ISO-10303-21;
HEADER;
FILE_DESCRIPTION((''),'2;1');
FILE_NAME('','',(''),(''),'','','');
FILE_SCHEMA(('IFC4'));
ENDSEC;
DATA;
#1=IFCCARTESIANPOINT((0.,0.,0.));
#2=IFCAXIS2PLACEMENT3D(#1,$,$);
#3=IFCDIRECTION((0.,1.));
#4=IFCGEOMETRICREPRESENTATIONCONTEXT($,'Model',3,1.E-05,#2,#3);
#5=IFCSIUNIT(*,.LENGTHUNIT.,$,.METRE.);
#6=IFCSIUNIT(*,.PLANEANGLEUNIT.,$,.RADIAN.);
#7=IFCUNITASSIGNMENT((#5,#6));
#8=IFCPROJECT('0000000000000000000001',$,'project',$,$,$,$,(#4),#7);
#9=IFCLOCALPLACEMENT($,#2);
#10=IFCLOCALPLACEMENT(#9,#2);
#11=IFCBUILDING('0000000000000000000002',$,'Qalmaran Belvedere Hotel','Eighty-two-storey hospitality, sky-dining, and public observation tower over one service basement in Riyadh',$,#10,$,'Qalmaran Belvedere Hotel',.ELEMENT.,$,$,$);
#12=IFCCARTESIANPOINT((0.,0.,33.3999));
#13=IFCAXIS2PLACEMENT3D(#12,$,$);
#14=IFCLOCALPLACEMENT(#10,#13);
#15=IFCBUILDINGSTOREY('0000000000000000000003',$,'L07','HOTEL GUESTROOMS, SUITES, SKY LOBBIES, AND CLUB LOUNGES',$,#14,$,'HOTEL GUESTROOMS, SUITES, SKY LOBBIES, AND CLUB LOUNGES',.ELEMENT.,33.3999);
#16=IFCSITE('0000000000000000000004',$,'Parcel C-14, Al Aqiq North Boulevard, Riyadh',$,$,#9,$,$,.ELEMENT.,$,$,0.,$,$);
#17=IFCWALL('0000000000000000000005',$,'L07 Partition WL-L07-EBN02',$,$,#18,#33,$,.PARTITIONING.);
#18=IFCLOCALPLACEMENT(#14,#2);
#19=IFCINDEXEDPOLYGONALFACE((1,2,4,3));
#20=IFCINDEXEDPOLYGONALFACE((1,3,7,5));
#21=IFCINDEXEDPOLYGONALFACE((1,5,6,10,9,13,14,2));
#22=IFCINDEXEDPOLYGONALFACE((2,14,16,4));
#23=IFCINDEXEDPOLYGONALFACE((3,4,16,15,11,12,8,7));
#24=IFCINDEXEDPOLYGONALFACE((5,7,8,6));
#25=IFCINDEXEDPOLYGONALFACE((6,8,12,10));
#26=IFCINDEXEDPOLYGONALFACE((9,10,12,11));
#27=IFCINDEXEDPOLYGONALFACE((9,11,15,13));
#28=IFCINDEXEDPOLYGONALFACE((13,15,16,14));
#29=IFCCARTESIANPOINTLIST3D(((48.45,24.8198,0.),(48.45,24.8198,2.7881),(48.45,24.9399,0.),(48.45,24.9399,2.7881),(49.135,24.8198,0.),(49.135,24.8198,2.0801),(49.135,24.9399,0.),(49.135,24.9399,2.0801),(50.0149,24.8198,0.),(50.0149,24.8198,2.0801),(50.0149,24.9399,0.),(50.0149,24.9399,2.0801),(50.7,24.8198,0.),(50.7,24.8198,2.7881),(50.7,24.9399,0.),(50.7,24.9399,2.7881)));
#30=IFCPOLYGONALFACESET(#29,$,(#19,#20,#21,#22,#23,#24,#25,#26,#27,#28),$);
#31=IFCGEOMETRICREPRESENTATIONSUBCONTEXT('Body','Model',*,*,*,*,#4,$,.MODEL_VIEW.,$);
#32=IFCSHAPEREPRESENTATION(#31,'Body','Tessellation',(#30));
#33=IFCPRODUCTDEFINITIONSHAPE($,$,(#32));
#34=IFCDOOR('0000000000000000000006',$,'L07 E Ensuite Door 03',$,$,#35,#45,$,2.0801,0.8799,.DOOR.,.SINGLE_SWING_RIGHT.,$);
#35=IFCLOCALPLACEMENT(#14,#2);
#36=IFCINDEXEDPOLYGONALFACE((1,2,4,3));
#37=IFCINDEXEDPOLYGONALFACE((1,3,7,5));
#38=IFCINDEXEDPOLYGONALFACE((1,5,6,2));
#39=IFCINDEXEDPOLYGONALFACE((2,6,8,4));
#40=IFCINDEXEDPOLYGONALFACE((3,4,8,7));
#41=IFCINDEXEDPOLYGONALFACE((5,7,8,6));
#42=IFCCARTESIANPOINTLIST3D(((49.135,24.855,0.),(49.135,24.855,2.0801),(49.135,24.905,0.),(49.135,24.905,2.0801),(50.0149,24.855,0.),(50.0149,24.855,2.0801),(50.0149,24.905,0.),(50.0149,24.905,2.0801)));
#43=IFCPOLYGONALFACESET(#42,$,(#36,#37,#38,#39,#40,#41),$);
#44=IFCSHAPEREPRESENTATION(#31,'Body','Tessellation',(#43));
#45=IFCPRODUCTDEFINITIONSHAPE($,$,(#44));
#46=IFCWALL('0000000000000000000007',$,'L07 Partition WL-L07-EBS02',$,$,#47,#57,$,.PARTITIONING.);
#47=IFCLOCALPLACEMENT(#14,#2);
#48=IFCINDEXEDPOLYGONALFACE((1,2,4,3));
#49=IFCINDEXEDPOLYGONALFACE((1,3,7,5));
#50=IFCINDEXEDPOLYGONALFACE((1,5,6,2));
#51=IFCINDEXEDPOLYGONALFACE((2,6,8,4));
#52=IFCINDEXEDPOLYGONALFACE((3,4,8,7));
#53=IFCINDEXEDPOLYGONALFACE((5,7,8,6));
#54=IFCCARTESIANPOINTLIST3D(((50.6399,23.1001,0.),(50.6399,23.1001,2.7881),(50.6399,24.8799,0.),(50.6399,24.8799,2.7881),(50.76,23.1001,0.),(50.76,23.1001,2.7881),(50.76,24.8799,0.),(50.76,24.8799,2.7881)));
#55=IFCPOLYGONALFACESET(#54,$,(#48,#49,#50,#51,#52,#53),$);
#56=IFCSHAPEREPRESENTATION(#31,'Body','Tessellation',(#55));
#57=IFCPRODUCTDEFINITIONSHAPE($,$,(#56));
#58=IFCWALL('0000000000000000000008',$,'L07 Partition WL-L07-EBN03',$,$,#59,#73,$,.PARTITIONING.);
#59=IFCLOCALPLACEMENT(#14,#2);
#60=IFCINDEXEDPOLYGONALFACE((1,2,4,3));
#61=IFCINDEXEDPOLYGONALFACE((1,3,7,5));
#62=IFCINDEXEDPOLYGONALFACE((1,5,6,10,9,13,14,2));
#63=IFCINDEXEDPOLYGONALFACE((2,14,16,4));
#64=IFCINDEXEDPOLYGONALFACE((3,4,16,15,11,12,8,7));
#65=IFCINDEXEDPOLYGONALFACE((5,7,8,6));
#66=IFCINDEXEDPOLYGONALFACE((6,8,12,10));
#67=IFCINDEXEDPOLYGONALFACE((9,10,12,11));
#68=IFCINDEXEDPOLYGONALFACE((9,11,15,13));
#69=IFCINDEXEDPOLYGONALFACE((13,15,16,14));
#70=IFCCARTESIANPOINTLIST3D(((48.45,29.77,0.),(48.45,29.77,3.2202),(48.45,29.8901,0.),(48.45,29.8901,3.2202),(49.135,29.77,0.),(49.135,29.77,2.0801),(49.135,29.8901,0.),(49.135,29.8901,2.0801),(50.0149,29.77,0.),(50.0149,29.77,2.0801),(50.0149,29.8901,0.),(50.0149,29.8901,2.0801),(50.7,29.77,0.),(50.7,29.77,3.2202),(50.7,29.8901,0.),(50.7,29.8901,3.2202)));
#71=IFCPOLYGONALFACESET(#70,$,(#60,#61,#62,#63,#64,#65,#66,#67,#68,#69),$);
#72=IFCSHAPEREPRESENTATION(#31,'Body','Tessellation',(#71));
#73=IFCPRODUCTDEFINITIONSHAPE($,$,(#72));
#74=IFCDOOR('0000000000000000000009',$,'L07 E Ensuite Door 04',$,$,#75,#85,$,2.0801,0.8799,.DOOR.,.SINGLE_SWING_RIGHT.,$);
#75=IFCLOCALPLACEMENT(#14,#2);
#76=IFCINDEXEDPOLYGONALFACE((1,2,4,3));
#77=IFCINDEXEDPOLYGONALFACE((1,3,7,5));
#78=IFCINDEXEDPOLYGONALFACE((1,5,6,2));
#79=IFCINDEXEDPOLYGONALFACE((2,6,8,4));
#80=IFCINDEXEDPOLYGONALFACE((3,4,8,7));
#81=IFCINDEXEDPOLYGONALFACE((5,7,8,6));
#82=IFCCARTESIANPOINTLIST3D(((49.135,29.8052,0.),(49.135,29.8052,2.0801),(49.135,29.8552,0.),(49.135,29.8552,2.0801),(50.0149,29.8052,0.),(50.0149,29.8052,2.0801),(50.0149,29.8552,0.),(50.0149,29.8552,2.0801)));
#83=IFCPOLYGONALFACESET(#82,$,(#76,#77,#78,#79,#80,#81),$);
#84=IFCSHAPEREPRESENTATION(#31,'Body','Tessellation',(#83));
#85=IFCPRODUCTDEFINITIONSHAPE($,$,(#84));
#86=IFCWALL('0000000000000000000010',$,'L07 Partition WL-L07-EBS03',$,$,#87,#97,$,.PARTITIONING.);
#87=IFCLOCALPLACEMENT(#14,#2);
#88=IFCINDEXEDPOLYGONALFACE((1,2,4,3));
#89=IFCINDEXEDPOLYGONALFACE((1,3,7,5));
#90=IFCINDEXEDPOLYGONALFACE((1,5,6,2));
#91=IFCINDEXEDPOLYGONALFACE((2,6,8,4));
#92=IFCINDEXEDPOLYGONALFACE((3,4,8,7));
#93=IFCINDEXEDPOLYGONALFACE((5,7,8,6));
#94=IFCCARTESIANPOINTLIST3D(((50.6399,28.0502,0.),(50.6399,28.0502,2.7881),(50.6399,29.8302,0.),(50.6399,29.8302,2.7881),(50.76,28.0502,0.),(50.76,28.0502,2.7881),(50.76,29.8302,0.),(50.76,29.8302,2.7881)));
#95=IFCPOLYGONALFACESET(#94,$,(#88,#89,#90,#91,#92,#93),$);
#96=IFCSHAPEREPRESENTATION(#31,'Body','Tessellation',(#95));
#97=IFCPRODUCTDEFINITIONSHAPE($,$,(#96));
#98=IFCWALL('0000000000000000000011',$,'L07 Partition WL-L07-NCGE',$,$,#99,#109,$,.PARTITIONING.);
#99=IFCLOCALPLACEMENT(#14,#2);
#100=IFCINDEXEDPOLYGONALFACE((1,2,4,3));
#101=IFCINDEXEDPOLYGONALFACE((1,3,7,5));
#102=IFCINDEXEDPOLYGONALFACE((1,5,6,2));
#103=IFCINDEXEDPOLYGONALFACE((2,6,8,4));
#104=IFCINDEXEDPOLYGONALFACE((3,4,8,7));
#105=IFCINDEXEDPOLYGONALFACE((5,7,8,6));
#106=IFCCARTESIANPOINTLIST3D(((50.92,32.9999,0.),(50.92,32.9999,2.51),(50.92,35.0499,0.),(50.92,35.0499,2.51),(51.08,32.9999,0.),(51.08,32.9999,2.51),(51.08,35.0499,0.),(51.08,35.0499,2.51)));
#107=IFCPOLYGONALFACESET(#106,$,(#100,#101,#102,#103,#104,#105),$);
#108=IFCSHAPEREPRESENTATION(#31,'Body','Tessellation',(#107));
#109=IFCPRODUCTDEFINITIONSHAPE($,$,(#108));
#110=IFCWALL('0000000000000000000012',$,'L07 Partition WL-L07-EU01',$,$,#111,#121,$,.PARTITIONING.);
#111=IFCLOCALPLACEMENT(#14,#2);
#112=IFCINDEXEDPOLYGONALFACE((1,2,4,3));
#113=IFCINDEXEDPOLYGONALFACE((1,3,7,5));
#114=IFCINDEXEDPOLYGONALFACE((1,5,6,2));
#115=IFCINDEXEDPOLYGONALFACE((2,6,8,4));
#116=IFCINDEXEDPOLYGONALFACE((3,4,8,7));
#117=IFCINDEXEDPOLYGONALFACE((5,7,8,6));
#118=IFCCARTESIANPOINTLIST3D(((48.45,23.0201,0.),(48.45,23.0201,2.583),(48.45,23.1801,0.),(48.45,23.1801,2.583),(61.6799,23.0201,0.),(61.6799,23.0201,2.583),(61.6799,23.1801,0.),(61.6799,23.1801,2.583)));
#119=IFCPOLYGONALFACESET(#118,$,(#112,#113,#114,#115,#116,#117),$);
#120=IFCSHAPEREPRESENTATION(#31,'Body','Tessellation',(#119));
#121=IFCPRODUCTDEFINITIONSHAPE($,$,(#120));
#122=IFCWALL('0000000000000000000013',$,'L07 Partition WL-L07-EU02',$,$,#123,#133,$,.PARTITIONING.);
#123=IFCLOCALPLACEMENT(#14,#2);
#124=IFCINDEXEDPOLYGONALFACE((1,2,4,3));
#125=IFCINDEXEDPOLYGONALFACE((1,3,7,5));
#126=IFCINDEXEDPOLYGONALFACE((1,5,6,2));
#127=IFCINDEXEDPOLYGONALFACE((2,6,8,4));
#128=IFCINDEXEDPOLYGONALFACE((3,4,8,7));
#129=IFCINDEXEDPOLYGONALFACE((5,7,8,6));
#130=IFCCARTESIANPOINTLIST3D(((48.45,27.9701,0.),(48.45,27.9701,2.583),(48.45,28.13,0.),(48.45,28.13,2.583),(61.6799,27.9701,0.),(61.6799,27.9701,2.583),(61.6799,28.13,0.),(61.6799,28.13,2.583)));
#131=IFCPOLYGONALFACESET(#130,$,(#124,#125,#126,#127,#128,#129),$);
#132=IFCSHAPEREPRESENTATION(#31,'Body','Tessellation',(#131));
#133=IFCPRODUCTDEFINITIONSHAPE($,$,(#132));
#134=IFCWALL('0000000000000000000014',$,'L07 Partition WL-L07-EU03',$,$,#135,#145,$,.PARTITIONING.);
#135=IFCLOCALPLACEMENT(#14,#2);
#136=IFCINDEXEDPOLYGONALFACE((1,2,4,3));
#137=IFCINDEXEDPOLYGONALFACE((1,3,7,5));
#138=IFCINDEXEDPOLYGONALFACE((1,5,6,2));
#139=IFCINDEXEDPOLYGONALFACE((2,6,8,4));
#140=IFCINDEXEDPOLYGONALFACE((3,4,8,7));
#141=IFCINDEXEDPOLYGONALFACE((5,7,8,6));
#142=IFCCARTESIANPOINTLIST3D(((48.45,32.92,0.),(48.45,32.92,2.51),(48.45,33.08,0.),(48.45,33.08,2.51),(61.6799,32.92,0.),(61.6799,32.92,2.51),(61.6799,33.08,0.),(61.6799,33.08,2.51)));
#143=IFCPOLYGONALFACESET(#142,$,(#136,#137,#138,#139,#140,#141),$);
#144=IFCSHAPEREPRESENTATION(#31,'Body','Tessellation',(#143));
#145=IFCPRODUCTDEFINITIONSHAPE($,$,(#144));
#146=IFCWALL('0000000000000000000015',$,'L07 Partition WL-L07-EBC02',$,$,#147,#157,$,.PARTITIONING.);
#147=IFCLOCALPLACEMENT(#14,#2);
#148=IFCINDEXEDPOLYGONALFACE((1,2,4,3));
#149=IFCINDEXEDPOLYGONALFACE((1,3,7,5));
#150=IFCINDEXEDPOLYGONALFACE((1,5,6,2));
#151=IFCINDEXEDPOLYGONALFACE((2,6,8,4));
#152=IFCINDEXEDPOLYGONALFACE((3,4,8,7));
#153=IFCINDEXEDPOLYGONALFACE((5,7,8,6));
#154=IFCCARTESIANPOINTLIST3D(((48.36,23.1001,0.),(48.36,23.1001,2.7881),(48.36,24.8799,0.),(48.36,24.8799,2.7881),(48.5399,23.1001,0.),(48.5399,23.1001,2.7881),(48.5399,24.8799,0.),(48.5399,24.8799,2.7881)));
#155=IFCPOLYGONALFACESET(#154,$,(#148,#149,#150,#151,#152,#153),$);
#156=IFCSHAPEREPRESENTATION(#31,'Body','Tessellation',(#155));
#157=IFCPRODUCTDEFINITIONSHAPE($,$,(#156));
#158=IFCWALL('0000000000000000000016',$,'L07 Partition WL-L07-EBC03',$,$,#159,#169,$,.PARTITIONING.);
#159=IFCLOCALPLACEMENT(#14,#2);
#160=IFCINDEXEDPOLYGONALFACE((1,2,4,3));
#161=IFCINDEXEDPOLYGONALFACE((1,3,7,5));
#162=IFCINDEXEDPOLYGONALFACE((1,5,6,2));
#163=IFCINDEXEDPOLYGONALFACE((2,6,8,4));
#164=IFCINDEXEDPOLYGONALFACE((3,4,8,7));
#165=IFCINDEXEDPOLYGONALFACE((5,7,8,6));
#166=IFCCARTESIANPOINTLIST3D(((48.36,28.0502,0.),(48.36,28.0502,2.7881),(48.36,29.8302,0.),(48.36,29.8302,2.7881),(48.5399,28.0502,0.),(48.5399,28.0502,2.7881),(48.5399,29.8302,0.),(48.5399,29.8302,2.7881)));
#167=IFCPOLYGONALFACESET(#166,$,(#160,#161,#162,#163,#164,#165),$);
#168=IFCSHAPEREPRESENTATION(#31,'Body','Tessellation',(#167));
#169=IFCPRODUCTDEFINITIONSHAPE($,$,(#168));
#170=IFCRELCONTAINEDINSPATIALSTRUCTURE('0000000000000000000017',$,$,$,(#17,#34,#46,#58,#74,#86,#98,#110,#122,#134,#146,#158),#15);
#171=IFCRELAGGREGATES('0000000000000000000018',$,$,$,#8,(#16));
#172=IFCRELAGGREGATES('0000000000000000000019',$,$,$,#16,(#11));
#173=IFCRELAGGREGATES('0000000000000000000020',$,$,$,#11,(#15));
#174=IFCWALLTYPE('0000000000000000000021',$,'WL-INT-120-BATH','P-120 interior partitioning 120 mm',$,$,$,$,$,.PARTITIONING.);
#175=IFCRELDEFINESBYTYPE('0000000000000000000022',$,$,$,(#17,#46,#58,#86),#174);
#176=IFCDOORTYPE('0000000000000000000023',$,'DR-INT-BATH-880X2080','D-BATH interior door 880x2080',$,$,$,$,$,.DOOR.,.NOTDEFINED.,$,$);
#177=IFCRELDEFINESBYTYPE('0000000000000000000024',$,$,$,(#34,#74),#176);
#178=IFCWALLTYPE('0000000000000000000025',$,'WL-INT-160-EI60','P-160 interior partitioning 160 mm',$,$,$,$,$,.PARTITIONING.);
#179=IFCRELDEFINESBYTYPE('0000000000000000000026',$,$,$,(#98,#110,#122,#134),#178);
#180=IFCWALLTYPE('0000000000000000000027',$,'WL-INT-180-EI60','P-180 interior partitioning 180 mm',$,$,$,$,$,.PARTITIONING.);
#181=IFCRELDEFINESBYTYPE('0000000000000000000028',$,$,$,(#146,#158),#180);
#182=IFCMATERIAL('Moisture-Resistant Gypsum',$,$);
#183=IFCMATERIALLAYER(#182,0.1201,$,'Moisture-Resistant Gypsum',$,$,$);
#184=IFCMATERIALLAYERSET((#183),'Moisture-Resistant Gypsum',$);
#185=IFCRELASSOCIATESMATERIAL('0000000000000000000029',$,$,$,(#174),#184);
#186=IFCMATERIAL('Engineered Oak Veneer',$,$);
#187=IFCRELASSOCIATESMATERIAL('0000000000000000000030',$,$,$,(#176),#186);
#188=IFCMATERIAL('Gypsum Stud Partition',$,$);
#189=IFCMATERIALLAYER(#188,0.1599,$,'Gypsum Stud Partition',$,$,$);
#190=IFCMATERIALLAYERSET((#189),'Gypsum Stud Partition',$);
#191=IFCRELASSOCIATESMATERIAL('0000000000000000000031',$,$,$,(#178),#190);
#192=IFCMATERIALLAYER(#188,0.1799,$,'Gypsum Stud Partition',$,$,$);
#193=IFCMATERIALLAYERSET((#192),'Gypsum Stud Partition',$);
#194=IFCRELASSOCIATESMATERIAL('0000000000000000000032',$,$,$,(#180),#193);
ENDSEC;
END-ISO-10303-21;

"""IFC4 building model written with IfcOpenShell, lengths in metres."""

from ifc_helpers import new_model, si_unit, direction, frame, frame_2d, origin, place, context, subcontext, project, spatial, rectangle, extrude, material, layer, layer_set, type_object, element, fill, save


model = new_model("IFC4")

# Units and contexts
model_context = context("Model", 3, precision=1e-05, world=origin(), true_north=direction((0.0, 1.0)))
body_context = subcontext(model_context, "Body", "Model", "MODEL_VIEW")
ifc_project = project(units=[si_unit("LENGTHUNIT", "METRE"), si_unit("PLANEANGLEUNIT", "RADIAN")], contexts=[model_context])

# Site, building, storey
site_placement = place(None, origin())
site = spatial("IfcSite", under=ifc_project, at=site_placement, Name="Parcel C-14, Al Aqiq North Boulevard, Riyadh", CompositionType="ELEMENT", RefElevation=0.0)
building_placement = place(site_placement, origin())
building = spatial("IfcBuilding", under=site, at=building_placement, Name="Qalmaran Belvedere Hotel", Description="Eighty-two-storey hospitality, sky-dining, and public observation tower over one service basement in Riyadh", LongName="Qalmaran Belvedere Hotel", CompositionType="ELEMENT")
storey_placement = place(building_placement, frame((0.0, 0.0, 33.3999)))
storey = spatial("IfcBuildingStorey", under=building, at=storey_placement, Name="L07", Description="HOTEL GUESTROOMS, SUITES, SKY LOBBIES, AND CLUB LOUNGES", LongName="HOTEL GUESTROOMS, SUITES, SKY LOBBIES, AND CLUB LOUNGES", CompositionType="ELEMENT", Elevation=33.3999)

# Shared definitions
ifc_material_1 = material(Name="Moisture-Resistant Gypsum")
ifc_layer_1 = layer(ifc_material_1, 0.1201, Name="Moisture-Resistant Gypsum")
ifc_layer_set_1 = layer_set([ifc_layer_1], Name="Moisture-Resistant Gypsum")
wall_type_1 = type_object("IfcWallType", Name="WL-INT-120-BATH", Description="P-120 interior partitioning 120 mm", PredefinedType="PARTITIONING", material=ifc_layer_set_1)

# Wall, opening, door
wall_1_placement = place(storey_placement, frame((48.45, 24.8799, 0.0), z_axis=(0.0, 0.0, 1.0), x_axis=(1.0, 0.0, 0.0)))
wall_1 = element("IfcWall", 1, at=wall_1_placement, inside=storey, type_object=wall_type_1, Name="L07 Partition WL-L07-EBN02", PredefinedType="PARTITIONING", context=body_context, shape_type="SweptSolid", body=[
    extrude(rectangle(XDim=2.25, YDim=0.1201, at=frame_2d((1.125, 0.0))), origin(), (0.0, 0.0, 1.0), 2.7881),
])
opening_1_placement = place(wall_1_placement, frame((1.5649, 0.0, 0.0), z_axis=(0.0, 0.0, 1.0), x_axis=(-1.0, 0.0, 0.0)))
opening_1 = element("IfcOpeningElement", 2, at=opening_1_placement, cuts=wall_1, PredefinedType="OPENING", context=body_context, shape_type="SweptSolid", body=[
    extrude(rectangle(XDim=0.8799, YDim=2.0801, at=frame_2d((0.4399, 1.04))), frame((0.0, 0.0701, 0.0), z_axis=(0.0, -1.0, 0.0), x_axis=(1.0, 0.0, 0.0)), (0.0, 0.0, 1.0), 0.1401),
])
ifc_material_2 = material(Name="Engineered Oak Veneer")
door_type_1 = type_object("IfcDoorType", Name="DR-INT-BATH-880X2080", Description="D-BATH interior door 880x2080", OperationType="NOTDEFINED", PredefinedType="DOOR", material=ifc_material_2)
door_1_placement = place(opening_1_placement, origin())
door_1 = element("IfcDoor", 3, at=door_1_placement, inside=storey, type_object=door_type_1, Name="L07 E Ensuite Door 03", OperationType="SINGLE_SWING_RIGHT", OverallHeight=2.0801, OverallWidth=0.8799, PredefinedType="DOOR", context=body_context, shape_type="SweptSolid", body=[
    extrude(rectangle(XDim=0.8799, YDim=2.0801, at=frame_2d((0.4399, 1.04))), frame((0.0, 0.0249, 0.0), z_axis=(0.0, -1.0, 0.0), x_axis=(1.0, 0.0, 0.0)), (0.0, 0.0, 1.0), 0.05),
])
fill(opening_1, door_1)

# Wall
wall_2_placement = place(storey_placement, frame((50.7, 23.1001, 0.0), z_axis=(0.0, 0.0, 1.0), x_axis=(0.0, 1.0, 0.0)))
element("IfcWall", 4, at=wall_2_placement, inside=storey, type_object=wall_type_1, Name="L07 Partition WL-L07-EBS02", PredefinedType="PARTITIONING", context=body_context, shape_type="SweptSolid", body=[
    extrude(rectangle(XDim=1.7798, YDim=0.1201, at=frame_2d((0.8899, 0.0))), origin(), (0.0, 0.0, 1.0), 2.7881),
])

# Wall, opening, door
wall_3_placement = place(storey_placement, frame((48.45, 29.8301, 0.0), z_axis=(0.0, 0.0, 1.0), x_axis=(1.0, 0.0, 0.0)))
wall_3 = element("IfcWall", 5, at=wall_3_placement, inside=storey, type_object=wall_type_1, Name="L07 Partition WL-L07-EBN03", PredefinedType="PARTITIONING", context=body_context, shape_type="SweptSolid", body=[
    extrude(rectangle(XDim=2.25, YDim=0.1201, at=frame_2d((1.125, 0.0))), origin(), (0.0, 0.0, 1.0), 3.2202),
])
opening_2_placement = place(wall_3_placement, frame((1.5649, 0.0, 0.0), z_axis=(0.0, 0.0, 1.0), x_axis=(-1.0, 0.0, 0.0)))
opening_2 = element("IfcOpeningElement", 6, at=opening_2_placement, cuts=wall_3, PredefinedType="OPENING", context=body_context, shape_type="SweptSolid", body=[
    extrude(rectangle(XDim=0.8799, YDim=2.0801, at=frame_2d((0.4399, 1.04))), frame((0.0, 0.0701, 0.0), z_axis=(0.0, -1.0, 0.0), x_axis=(1.0, 0.0, 0.0)), (0.0, 0.0, 1.0), 0.1401),
])
door_2_placement = place(opening_2_placement, origin())
door_2 = element("IfcDoor", 7, at=door_2_placement, inside=storey, type_object=door_type_1, Name="L07 E Ensuite Door 04", OperationType="SINGLE_SWING_RIGHT", OverallHeight=2.0801, OverallWidth=0.8799, PredefinedType="DOOR", context=body_context, shape_type="SweptSolid", body=[
    extrude(rectangle(XDim=0.8799, YDim=2.0801, at=frame_2d((0.4399, 1.04))), frame((0.0, 0.0249, 0.0), z_axis=(0.0, -1.0, 0.0), x_axis=(1.0, 0.0, 0.0)), (0.0, 0.0, 1.0), 0.05),
])
fill(opening_2, door_2)

# Walls
wall_4_placement = place(storey_placement, frame((50.7, 28.05, 0.0), z_axis=(0.0, 0.0, 1.0), x_axis=(0.0, 1.0, 0.0)))
element("IfcWall", 8, at=wall_4_placement, inside=storey, type_object=wall_type_1, Name="L07 Partition WL-L07-EBS03", PredefinedType="PARTITIONING", context=body_context, shape_type="SweptSolid", body=[
    extrude(rectangle(XDim=1.78, YDim=0.1201, at=frame_2d((0.8901, 0.0))), origin(), (0.0, 0.0, 1.0), 2.7881),
])
ifc_material_3 = material(Name="Gypsum Stud Partition")
ifc_layer_2 = layer(ifc_material_3, 0.1599, Name="Gypsum Stud Partition")
ifc_layer_set_2 = layer_set([ifc_layer_2], Name="Gypsum Stud Partition")
wall_type_2 = type_object("IfcWallType", Name="WL-INT-160-EI60", Description="P-160 interior partitioning 160 mm", PredefinedType="PARTITIONING", material=ifc_layer_set_2)
wall_5_placement = place(storey_placement, frame((51.0, 33.0, 0.0), z_axis=(0.0, 0.0, 1.0), x_axis=(0.0, 1.0, 0.0)))
element("IfcWall", 9, at=wall_5_placement, inside=storey, type_object=wall_type_2, Name="L07 Partition WL-L07-NCGE", PredefinedType="PARTITIONING", context=body_context, shape_type="SweptSolid", body=[
    extrude(rectangle(XDim=2.05, YDim=0.1599, at=frame_2d((1.0249, 0.0))), origin(), (0.0, 0.0, 1.0), 2.51),
])
for number, where, z_axis, x_axis, name in (
    (10, (48.45, 23.1001, 0.0), (0.0, 0.0, 1.0), (1.0, 0.0, 0.0), "L07 Partition WL-L07-EU01"),
    (11, (48.45, 28.05, 0.0), (0.0, 0.0, 1.0), (1.0, 0.0, 0.0), "L07 Partition WL-L07-EU02"),
):
    element("IfcWall", number, at=place(storey_placement, frame(where, z_axis=z_axis, x_axis=x_axis)), inside=storey, type_object=wall_type_2, Name=name, PredefinedType="PARTITIONING", context=body_context, shape_type="SweptSolid", body=[
        extrude(rectangle(XDim=13.23, YDim=0.1599, at=frame_2d((6.615, 0.0))), origin(), (0.0, 0.0, 1.0), 2.583),
    ])
wall_6_placement = place(storey_placement, frame((48.45, 33.0, 0.0), z_axis=(0.0, 0.0, 1.0), x_axis=(1.0, 0.0, 0.0)))
element("IfcWall", 12, at=wall_6_placement, inside=storey, type_object=wall_type_2, Name="L07 Partition WL-L07-EU03", PredefinedType="PARTITIONING", context=body_context, shape_type="SweptSolid", body=[
    extrude(rectangle(XDim=13.23, YDim=0.1599, at=frame_2d((6.615, 0.0))), origin(), (0.0, 0.0, 1.0), 2.51),
])
ifc_layer_3 = layer(ifc_material_3, 0.1799, Name="Gypsum Stud Partition")
ifc_layer_set_3 = layer_set([ifc_layer_3], Name="Gypsum Stud Partition")
wall_type_3 = type_object("IfcWallType", Name="WL-INT-180-EI60", Description="P-180 interior partitioning 180 mm", PredefinedType="PARTITIONING", material=ifc_layer_set_3)
wall_7_placement = place(storey_placement, frame((48.45, 23.1001, 0.0), z_axis=(0.0, 0.0, 1.0), x_axis=(0.0, 1.0, 0.0)))
element("IfcWall", 13, at=wall_7_placement, inside=storey, type_object=wall_type_3, Name="L07 Partition WL-L07-EBC02", PredefinedType="PARTITIONING", context=body_context, shape_type="SweptSolid", body=[
    extrude(rectangle(XDim=1.7798, YDim=0.1799, at=frame_2d((0.8899, 0.0))), origin(), (0.0, 0.0, 1.0), 2.7881),
])

# Wall
wall_8_placement = place(storey_placement, frame((48.45, 28.05, 0.0), z_axis=(0.0, 0.0, 1.0), x_axis=(0.0, 1.0, 0.0)))
element("IfcWall", 14, at=wall_8_placement, inside=storey, type_object=wall_type_3, Name="L07 Partition WL-L07-EBC03", PredefinedType="PARTITIONING", context=body_context, shape_type="SweptSolid", body=[
    extrude(rectangle(XDim=1.78, YDim=0.1799, at=frame_2d((0.8901, 0.0))), origin(), (0.0, 0.0, 1.0), 2.7881),
])

save(model, "model.ifc")
